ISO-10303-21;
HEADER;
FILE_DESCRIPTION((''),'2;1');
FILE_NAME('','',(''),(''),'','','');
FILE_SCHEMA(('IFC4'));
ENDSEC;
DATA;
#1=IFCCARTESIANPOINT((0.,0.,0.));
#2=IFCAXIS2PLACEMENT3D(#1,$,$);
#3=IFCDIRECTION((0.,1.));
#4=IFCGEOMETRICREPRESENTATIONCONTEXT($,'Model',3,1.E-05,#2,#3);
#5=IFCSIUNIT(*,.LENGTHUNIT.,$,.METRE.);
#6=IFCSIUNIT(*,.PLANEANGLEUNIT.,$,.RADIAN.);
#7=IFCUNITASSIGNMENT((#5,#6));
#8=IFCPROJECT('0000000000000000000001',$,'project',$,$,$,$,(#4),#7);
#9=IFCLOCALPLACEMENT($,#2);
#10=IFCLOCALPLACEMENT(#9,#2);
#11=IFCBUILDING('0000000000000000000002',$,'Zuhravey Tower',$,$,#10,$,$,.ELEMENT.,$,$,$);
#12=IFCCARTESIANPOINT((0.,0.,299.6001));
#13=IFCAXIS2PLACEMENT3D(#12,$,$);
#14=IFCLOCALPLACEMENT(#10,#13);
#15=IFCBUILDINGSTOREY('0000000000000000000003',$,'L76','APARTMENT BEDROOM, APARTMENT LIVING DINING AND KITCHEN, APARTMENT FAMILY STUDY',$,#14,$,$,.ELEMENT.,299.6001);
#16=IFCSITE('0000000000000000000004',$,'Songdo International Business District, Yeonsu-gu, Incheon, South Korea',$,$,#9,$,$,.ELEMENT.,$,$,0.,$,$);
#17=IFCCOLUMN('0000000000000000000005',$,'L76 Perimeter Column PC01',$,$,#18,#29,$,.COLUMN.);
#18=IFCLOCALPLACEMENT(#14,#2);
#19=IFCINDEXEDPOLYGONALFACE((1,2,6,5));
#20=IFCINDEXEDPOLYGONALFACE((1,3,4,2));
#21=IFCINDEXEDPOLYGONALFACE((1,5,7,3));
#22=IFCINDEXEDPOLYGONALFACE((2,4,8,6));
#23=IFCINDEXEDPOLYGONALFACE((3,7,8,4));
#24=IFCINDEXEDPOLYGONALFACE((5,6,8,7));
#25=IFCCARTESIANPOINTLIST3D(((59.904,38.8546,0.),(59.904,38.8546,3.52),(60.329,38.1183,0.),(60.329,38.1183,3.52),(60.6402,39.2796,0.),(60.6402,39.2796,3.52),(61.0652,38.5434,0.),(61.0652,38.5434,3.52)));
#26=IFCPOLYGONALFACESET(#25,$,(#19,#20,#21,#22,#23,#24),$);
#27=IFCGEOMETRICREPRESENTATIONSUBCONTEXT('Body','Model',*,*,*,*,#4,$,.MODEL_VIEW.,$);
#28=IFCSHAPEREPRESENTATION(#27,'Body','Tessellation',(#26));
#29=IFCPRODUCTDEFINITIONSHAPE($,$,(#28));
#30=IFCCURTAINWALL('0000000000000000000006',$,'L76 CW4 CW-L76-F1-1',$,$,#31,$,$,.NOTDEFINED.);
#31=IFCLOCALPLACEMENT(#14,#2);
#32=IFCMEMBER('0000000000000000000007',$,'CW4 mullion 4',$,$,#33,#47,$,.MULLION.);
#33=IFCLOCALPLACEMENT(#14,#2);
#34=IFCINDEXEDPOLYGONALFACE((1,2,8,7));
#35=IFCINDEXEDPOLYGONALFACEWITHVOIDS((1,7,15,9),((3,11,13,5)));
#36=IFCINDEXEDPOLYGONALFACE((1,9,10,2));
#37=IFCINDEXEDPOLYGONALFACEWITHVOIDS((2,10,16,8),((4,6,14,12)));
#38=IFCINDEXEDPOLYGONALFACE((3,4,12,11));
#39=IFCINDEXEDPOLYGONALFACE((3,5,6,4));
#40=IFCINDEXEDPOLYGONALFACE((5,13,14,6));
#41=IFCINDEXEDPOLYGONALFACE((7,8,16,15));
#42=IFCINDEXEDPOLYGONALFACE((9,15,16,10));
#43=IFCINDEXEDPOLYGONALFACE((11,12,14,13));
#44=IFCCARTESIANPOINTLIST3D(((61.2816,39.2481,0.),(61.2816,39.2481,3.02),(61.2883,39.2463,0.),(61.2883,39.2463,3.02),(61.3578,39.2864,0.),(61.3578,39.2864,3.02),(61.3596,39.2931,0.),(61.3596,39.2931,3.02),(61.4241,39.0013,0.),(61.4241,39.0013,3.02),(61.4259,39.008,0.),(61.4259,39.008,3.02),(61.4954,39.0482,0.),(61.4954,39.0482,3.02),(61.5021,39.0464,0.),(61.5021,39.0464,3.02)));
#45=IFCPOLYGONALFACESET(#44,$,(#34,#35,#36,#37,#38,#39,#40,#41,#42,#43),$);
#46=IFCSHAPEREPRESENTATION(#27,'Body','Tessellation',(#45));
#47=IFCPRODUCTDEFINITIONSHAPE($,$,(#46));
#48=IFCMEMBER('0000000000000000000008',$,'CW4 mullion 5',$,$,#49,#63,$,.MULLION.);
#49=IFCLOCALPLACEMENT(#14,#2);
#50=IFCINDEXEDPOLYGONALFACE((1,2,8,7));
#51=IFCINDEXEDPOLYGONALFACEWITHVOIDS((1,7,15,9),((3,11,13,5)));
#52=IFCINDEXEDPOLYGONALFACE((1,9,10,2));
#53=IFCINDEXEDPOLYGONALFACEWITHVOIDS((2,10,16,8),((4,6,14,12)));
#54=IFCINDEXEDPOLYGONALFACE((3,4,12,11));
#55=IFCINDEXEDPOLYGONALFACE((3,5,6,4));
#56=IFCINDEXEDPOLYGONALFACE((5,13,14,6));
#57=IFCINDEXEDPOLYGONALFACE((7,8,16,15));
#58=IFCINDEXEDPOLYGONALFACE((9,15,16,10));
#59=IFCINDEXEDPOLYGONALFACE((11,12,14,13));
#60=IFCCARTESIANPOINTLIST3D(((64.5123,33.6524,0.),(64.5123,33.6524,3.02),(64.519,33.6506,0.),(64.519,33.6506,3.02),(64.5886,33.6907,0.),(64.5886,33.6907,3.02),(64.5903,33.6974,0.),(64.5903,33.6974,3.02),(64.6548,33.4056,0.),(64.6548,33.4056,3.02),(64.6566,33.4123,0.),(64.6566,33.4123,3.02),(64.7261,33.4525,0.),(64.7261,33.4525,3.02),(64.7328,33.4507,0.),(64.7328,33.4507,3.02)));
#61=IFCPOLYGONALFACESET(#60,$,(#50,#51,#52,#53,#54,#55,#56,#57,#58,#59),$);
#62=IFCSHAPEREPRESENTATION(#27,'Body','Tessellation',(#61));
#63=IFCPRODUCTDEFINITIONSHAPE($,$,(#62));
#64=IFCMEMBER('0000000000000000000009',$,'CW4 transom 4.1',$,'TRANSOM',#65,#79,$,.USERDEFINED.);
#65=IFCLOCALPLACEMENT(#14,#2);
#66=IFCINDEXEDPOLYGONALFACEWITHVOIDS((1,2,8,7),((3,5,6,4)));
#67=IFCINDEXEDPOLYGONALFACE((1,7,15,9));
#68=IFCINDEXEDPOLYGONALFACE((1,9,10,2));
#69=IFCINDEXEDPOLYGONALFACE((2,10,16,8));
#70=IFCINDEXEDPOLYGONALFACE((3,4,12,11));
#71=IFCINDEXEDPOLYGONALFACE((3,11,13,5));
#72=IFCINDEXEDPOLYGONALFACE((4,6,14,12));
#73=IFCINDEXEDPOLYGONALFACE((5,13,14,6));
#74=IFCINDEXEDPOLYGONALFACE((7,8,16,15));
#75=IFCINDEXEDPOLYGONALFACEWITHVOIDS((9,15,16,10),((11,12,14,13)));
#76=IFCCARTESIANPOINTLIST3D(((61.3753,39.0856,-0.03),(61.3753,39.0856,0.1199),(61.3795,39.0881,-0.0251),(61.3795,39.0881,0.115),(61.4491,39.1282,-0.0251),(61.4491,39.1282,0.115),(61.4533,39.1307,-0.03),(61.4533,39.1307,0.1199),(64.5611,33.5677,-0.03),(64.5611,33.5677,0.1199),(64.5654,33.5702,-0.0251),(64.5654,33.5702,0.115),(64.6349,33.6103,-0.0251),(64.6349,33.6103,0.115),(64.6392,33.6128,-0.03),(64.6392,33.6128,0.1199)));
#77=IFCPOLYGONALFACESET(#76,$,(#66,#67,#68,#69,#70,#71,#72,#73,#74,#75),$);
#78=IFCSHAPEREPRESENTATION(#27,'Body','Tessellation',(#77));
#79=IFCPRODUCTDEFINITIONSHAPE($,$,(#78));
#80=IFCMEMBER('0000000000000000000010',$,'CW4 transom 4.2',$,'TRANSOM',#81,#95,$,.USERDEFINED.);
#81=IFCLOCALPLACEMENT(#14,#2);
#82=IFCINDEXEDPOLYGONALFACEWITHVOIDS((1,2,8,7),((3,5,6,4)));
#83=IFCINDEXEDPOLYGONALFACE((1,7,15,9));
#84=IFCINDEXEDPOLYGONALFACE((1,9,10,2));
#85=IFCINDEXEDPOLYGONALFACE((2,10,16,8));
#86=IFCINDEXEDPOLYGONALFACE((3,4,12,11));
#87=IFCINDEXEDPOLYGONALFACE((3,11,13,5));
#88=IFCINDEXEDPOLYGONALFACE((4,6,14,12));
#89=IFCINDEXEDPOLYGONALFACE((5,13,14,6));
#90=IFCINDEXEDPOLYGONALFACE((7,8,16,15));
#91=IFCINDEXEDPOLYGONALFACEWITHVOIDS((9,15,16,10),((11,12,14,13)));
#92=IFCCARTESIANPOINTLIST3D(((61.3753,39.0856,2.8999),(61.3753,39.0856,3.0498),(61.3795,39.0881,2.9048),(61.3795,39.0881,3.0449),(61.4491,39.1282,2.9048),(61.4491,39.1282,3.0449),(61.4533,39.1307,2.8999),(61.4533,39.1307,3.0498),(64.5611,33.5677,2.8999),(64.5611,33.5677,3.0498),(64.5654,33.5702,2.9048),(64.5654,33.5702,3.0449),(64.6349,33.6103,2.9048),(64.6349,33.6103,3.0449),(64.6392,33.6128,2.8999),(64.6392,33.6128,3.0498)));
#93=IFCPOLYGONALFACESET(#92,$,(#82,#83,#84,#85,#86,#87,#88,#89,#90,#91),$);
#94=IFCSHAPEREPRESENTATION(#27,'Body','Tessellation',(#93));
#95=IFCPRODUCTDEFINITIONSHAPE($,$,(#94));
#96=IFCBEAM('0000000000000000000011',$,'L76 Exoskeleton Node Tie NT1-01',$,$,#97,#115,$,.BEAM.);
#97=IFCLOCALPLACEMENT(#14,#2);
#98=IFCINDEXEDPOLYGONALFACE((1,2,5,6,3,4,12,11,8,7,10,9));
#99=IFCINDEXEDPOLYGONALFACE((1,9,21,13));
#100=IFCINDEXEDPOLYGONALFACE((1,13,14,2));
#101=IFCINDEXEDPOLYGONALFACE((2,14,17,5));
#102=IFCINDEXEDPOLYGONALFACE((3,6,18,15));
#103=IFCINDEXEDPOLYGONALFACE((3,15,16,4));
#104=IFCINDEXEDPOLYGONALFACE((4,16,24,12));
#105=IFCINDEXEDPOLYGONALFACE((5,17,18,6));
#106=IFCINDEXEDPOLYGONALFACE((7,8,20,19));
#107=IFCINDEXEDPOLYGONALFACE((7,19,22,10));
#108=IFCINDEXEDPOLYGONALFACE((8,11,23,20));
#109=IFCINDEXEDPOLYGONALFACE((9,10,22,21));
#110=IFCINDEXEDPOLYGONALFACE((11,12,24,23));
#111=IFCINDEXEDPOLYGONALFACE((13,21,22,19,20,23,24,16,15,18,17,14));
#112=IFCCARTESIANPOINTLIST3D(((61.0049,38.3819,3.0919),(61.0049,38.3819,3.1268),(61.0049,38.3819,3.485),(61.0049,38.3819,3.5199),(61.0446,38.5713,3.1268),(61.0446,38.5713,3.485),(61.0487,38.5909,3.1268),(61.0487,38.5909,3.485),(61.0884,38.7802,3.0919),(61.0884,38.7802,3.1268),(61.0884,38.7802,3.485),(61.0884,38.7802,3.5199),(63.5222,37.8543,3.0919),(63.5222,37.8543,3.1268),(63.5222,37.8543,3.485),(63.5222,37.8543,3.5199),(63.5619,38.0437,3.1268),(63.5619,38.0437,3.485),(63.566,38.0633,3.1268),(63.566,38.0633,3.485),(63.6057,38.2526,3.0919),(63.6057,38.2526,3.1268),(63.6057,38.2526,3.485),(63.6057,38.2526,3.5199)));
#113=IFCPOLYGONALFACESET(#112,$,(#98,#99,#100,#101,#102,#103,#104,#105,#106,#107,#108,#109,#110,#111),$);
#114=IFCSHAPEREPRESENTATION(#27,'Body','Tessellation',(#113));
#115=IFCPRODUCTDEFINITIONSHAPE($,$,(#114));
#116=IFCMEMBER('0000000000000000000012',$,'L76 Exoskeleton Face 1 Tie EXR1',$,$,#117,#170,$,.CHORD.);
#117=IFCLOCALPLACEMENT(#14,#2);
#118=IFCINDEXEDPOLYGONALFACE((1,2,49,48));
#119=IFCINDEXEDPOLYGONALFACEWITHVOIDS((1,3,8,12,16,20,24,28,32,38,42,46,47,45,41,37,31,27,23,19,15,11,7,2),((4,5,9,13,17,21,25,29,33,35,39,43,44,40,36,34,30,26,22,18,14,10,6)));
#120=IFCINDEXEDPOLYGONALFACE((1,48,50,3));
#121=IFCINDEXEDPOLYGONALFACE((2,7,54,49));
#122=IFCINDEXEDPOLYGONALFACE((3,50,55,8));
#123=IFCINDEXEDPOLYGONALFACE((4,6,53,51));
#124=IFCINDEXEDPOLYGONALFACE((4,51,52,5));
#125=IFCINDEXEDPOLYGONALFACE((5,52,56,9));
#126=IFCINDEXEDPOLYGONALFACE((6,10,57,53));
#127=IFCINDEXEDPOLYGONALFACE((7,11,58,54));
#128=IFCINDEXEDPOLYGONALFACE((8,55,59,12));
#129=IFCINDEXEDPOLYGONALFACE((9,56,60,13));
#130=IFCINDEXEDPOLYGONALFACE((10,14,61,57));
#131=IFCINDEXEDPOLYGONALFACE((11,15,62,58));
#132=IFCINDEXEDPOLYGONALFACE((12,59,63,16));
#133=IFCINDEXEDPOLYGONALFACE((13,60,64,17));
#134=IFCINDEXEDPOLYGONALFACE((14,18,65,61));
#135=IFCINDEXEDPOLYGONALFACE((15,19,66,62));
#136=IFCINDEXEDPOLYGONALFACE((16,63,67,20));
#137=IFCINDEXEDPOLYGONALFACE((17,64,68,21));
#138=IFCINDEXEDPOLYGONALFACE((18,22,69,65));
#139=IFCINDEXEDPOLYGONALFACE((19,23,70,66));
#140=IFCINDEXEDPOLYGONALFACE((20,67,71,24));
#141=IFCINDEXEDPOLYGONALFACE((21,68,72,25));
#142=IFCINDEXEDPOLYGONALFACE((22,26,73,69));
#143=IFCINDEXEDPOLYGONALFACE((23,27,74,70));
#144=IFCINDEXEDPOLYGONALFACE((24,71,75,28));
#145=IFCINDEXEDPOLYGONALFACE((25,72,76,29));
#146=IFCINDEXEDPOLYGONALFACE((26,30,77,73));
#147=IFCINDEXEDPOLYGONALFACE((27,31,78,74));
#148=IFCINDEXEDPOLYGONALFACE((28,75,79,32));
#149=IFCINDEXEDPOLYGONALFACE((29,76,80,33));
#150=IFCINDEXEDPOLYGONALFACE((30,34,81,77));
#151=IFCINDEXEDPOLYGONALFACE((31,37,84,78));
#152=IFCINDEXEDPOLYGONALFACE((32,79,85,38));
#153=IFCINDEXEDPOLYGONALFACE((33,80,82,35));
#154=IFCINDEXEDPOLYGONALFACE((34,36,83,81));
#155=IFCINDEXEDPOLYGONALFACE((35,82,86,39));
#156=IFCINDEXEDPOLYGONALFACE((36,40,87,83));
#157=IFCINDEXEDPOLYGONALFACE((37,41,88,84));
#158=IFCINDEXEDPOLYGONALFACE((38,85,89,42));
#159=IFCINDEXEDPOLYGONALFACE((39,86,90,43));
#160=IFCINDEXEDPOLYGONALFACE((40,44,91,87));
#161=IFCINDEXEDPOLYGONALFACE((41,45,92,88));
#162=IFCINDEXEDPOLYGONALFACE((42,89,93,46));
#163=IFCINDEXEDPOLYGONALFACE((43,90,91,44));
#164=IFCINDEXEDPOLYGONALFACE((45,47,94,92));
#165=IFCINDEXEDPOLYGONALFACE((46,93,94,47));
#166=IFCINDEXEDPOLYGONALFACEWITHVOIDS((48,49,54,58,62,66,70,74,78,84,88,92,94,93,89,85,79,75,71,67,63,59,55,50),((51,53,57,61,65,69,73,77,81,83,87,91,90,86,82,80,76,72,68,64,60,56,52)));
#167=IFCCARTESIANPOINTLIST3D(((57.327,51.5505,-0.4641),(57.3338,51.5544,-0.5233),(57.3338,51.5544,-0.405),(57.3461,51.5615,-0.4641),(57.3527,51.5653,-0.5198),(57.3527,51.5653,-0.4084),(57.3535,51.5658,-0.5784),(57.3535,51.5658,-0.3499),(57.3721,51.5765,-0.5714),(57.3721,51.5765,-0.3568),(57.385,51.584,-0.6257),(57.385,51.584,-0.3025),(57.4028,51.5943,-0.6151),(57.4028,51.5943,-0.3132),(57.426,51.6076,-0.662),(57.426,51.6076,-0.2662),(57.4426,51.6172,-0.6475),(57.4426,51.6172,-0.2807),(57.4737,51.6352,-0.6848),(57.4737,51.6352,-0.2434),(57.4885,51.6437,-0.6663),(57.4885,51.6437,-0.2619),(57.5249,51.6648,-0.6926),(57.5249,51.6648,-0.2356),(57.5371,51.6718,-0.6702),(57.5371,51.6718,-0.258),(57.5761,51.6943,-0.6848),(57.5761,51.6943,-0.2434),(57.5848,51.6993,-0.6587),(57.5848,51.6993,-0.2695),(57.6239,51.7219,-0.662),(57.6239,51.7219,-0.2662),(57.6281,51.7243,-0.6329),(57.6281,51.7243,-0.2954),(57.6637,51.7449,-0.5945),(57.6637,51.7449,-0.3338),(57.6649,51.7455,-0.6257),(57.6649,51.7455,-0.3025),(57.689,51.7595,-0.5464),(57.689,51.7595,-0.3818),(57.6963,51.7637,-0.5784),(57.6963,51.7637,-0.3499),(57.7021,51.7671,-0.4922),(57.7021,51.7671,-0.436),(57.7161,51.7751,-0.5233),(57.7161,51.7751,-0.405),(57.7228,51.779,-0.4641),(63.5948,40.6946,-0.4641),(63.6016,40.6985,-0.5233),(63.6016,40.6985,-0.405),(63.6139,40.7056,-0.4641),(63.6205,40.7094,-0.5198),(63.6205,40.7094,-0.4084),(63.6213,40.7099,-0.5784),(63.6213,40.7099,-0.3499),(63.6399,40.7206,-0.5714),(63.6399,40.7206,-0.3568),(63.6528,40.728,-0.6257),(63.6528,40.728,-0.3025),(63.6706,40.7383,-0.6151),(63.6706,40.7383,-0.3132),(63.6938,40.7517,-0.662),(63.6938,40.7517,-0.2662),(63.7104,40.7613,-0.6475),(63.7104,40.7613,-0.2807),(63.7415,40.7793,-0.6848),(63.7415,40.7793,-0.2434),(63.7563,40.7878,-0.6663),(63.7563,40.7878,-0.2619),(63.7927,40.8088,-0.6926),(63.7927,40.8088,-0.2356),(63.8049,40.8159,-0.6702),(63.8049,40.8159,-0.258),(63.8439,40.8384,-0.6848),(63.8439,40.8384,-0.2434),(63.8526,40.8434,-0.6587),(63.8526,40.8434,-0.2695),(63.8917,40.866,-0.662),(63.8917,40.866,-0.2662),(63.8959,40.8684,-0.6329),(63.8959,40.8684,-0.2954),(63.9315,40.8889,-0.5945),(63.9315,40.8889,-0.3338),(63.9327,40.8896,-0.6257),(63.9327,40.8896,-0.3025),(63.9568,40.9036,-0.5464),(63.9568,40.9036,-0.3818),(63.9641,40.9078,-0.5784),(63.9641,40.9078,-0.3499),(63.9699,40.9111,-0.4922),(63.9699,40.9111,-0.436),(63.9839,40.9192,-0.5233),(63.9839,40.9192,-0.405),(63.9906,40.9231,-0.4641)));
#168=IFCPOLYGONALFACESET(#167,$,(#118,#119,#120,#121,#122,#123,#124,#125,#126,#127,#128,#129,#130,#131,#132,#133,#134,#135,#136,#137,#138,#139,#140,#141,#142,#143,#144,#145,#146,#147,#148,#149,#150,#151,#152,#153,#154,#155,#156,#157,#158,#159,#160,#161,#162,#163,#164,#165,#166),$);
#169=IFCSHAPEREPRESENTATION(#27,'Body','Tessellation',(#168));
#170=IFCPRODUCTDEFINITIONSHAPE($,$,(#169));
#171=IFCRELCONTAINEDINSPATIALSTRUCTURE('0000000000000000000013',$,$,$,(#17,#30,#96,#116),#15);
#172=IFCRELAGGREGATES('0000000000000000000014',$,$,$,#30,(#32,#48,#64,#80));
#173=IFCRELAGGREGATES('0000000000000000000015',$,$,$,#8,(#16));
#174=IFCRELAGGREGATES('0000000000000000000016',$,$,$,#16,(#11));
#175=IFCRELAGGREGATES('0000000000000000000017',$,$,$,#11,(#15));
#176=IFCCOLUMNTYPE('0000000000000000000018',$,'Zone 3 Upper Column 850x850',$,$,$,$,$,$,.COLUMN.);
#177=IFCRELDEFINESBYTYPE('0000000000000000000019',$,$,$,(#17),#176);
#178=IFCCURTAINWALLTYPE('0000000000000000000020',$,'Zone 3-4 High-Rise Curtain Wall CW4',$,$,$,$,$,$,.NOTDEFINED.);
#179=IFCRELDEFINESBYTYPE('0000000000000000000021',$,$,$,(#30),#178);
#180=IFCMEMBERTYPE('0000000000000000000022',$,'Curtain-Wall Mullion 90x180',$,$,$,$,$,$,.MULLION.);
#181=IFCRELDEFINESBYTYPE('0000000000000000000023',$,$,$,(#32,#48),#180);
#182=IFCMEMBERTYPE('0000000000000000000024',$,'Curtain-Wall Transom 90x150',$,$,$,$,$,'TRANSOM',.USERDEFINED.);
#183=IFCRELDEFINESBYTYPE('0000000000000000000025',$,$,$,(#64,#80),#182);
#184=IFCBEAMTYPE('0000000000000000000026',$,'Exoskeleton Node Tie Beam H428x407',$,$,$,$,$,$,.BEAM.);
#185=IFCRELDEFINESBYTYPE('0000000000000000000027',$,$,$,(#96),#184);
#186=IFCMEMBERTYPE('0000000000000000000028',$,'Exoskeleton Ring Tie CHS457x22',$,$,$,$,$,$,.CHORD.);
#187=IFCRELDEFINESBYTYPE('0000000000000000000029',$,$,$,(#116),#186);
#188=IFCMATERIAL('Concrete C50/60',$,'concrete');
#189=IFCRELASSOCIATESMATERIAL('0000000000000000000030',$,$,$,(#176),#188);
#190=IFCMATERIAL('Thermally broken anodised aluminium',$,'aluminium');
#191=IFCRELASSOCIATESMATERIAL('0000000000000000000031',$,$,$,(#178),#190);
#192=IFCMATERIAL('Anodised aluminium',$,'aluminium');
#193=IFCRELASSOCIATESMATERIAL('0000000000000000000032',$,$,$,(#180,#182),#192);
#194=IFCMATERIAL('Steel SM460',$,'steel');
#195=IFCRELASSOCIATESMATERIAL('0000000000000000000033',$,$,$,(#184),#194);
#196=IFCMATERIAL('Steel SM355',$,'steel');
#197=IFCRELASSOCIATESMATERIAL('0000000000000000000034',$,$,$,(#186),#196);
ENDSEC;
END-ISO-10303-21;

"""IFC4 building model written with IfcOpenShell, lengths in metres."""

from ifc_helpers import new_model, si_unit, direction, frame, origin, origin_2d, place, context, subcontext, project, spatial, rectangle, hollow_rectangle, hollow_circle, i_section, extrude, material, material_profile, profile_set, type_object, element, aggregate, save


model = new_model("IFC4")

# Units and contexts
model_context = context("Model", 3, precision=1e-05, world=origin(), true_north=direction((0.0, 1.0)))
body_context = subcontext(model_context, "Body", "Model", "MODEL_VIEW")
ifc_project = project(units=[si_unit("LENGTHUNIT", "METRE"), si_unit("PLANEANGLEUNIT", "RADIAN")], contexts=[model_context])

# Site, building, storey
site_placement = place(None, origin())
site = spatial("IfcSite", under=ifc_project, at=site_placement, Name="Songdo International Business District, Yeonsu-gu, Incheon, South Korea", CompositionType="ELEMENT", RefElevation=0.0)
building_placement = place(site_placement, origin())
building = spatial("IfcBuilding", under=site, at=building_placement, Name="Zuhravey Tower", CompositionType="ELEMENT")
storey_placement = place(building_placement, frame((0.0, 0.0, 299.6001)))
storey = spatial("IfcBuildingStorey", under=building, at=storey_placement, Name="L76", Description="APARTMENT BEDROOM, APARTMENT LIVING DINING AND KITCHEN, APARTMENT FAMILY STUDY", CompositionType="ELEMENT", Elevation=299.6001)

# Column
ifc_material_1 = material(Name="Concrete C50/60", Category="concrete")
ifc_material_profile_1 = material_profile(ifc_material_1, rectangle(XDim=0.8501, YDim=0.8501, at=origin_2d()), Name="RC-850x850")
ifc_profile_set_1 = profile_set([ifc_material_profile_1], Name="Concrete C50/60")
column_type = type_object("IfcColumnType", Name="Zone 3 Upper Column 850x850", PredefinedType="COLUMN", material=ifc_profile_set_1)
column_placement = place(storey_placement, frame((60.4846, 38.699, 0.0), z_axis=(0.0, 0.0, 1.0), x_axis=(-0.5, 0.866025, 0.0)))
element("IfcColumn", 1, at=column_placement, inside=storey, type_object=column_type, Name="L76 Perimeter Column PC01", PredefinedType="COLUMN", context=body_context, shape_type="SweptSolid", body=[
    extrude(rectangle(XDim=0.8501, YDim=0.8501, at=origin_2d()), origin(), (0.0, 0.0, 1.0), 3.52),
])

# Curtain wall, members
ifc_material_2 = material(Name="Thermally broken anodised aluminium", Category="aluminium")
curtain_wall_type = type_object("IfcCurtainWallType", Name="Zone 3-4 High-Rise Curtain Wall CW4", PredefinedType="NOTDEFINED", material=ifc_material_2)
curtain_wall_placement = place(storey_placement, origin())
curtain_wall = element("IfcCurtainWall", 2, at=curtain_wall_placement, inside=storey, type_object=curtain_wall_type, Name="L76 CW4 CW-L76-F1-1", PredefinedType="NOTDEFINED")
ifc_material_3 = material(Name="Anodised aluminium", Category="aluminium")
ifc_material_profile_2 = material_profile(ifc_material_3, hollow_rectangle(XDim=0.0901, YDim=0.2849, WallThickness=0.0049, at=origin_2d()), Name="ALU-RHS-90x285x5")
ifc_profile_set_2 = profile_set([ifc_material_profile_2], Name="Anodised aluminium")
member_type_1 = type_object("IfcMemberType", Name="Curtain-Wall Mullion 90x180", PredefinedType="MULLION", material=ifc_profile_set_2)
member_1_placement = place(storey_placement, frame((61.3918, 39.1472, 0.0), z_axis=(0.0, 0.0, 1.0), x_axis=(0.866025, 0.500001, 0.0)))
member_1 = element("IfcMember", 3, at=member_1_placement, type_object=member_type_1, Name="CW4 mullion 4", PredefinedType="MULLION", context=body_context, shape_type="SweptSolid", body=[
    extrude(hollow_rectangle(XDim=0.0901, YDim=0.2849, WallThickness=0.0049, at=origin_2d()), origin(), (0.0, 0.0, 1.0), 3.02),
])
member_2_placement = place(storey_placement, frame((64.6226, 33.5515, 0.0), z_axis=(0.0, 0.0, 1.0), x_axis=(0.866025, 0.500001, 0.0)))
member_2 = element("IfcMember", 4, at=member_2_placement, type_object=member_type_1, Name="CW4 mullion 5", PredefinedType="MULLION", context=body_context, shape_type="SweptSolid", body=[
    extrude(hollow_rectangle(XDim=0.0901, YDim=0.2849, WallThickness=0.0049, at=origin_2d()), origin(), (0.0, 0.0, 1.0), 3.02),
])
ifc_material_profile_3 = material_profile(ifc_material_3, hollow_rectangle(XDim=0.0901, YDim=0.1499, WallThickness=0.0049, at=origin_2d()), Name="ALU-RHS-90x150x5")
ifc_profile_set_3 = profile_set([ifc_material_profile_3], Name="Anodised aluminium")
member_type_2 = type_object("IfcMemberType", Name="Curtain-Wall Transom 90x150", ElementType="TRANSOM", PredefinedType="USERDEFINED", material=ifc_profile_set_3)
member_3_placement = place(storey_placement, frame((61.4143, 39.1082, 0.0449), z_axis=(0.500009, -0.86602, 0.0), x_axis=(0.86602, 0.500009, 0.0)))
member_3 = element("IfcMember", 5, at=member_3_placement, type_object=member_type_2, Name="CW4 transom 4.1", ObjectType="TRANSOM", PredefinedType="USERDEFINED", context=body_context, shape_type="SweptSolid", body=[
    extrude(hollow_rectangle(XDim=0.0901, YDim=0.1499, WallThickness=0.0049, at=origin_2d()), origin(), (0.0, 0.0, 1.0), 6.3716),
])
member_4_placement = place(storey_placement, frame((61.4143, 39.1082, 2.9749), z_axis=(0.500009, -0.86602, 0.0), x_axis=(0.86602, 0.500009, 0.0)))
member_4 = element("IfcMember", 6, at=member_4_placement, type_object=member_type_2, Name="CW4 transom 4.2", ObjectType="TRANSOM", PredefinedType="USERDEFINED", context=body_context, shape_type="SweptSolid", body=[
    extrude(hollow_rectangle(XDim=0.0901, YDim=0.1499, WallThickness=0.0049, at=origin_2d()), origin(), (0.0, 0.0, 1.0), 6.3716),
])

# Beam
ifc_material_4 = material(Name="Steel SM460", Category="steel")
ifc_material_profile_4 = material_profile(ifc_material_4, i_section(OverallWidth=0.407, OverallDepth=0.428, WebThickness=0.02, FlangeThickness=0.0349, at=origin_2d()), Name="H-428x407x20x35")
ifc_profile_set_4 = profile_set([ifc_material_profile_4], Name="Steel SM460")
beam_type_1 = type_object("IfcBeamType", Name="Exoskeleton Node Tie Beam H428x407", PredefinedType="BEAM", material=ifc_profile_set_4)
beam_1_placement = place(storey_placement, frame((61.0466, 38.5811, 3.3059), z_axis=(0.978736, -0.205125, 0.0), x_axis=(0.205125, 0.978736, 0.0)))
element("IfcBeam", 7, at=beam_1_placement, inside=storey, type_object=beam_type_1, Name="L76 Exoskeleton Node Tie NT1-01", PredefinedType="BEAM", context=body_context, shape_type="SweptSolid", body=[
    extrude(i_section(OverallWidth=0.407, OverallDepth=0.428, WebThickness=0.02, FlangeThickness=0.0349, at=origin_2d()), origin(), (0.0, 0.0, 1.0), 2.572),
])

# Member
ifc_material_5 = material(Name="Steel SM355", Category="steel")
ifc_material_profile_5 = material_profile(ifc_material_5, hollow_circle(Radius=0.2285, WallThickness=0.022, at=origin_2d()), Name="CHS-457.2x22")
ifc_profile_set_5 = profile_set([ifc_material_profile_5], Name="Steel SM355")
member_type_3 = type_object("IfcMemberType", Name="Exoskeleton Ring Tie CHS457x22", PredefinedType="CHORD", material=ifc_profile_set_5)
member_5_placement = place(storey_placement, frame((63.7927, 40.8088, -0.4641), z_axis=(-0.500008, 0.866021, 0.0), x_axis=(-0.866021, -0.500008, 0.0)))
element("IfcMember", 8, at=member_5_placement, inside=storey, type_object=member_type_3, Name="L76 Exoskeleton Face 1 Tie EXR1", PredefinedType="CHORD", context=body_context, shape_type="SweptSolid", body=[
    extrude(hollow_circle(Radius=0.2285, WallThickness=0.022, at=origin_2d()), origin(), (0.0, 0.0, 1.0), 12.5354),
])

aggregate(curtain_wall, [member_1, member_2, member_3, member_4])

save(model, "model.ifc")
